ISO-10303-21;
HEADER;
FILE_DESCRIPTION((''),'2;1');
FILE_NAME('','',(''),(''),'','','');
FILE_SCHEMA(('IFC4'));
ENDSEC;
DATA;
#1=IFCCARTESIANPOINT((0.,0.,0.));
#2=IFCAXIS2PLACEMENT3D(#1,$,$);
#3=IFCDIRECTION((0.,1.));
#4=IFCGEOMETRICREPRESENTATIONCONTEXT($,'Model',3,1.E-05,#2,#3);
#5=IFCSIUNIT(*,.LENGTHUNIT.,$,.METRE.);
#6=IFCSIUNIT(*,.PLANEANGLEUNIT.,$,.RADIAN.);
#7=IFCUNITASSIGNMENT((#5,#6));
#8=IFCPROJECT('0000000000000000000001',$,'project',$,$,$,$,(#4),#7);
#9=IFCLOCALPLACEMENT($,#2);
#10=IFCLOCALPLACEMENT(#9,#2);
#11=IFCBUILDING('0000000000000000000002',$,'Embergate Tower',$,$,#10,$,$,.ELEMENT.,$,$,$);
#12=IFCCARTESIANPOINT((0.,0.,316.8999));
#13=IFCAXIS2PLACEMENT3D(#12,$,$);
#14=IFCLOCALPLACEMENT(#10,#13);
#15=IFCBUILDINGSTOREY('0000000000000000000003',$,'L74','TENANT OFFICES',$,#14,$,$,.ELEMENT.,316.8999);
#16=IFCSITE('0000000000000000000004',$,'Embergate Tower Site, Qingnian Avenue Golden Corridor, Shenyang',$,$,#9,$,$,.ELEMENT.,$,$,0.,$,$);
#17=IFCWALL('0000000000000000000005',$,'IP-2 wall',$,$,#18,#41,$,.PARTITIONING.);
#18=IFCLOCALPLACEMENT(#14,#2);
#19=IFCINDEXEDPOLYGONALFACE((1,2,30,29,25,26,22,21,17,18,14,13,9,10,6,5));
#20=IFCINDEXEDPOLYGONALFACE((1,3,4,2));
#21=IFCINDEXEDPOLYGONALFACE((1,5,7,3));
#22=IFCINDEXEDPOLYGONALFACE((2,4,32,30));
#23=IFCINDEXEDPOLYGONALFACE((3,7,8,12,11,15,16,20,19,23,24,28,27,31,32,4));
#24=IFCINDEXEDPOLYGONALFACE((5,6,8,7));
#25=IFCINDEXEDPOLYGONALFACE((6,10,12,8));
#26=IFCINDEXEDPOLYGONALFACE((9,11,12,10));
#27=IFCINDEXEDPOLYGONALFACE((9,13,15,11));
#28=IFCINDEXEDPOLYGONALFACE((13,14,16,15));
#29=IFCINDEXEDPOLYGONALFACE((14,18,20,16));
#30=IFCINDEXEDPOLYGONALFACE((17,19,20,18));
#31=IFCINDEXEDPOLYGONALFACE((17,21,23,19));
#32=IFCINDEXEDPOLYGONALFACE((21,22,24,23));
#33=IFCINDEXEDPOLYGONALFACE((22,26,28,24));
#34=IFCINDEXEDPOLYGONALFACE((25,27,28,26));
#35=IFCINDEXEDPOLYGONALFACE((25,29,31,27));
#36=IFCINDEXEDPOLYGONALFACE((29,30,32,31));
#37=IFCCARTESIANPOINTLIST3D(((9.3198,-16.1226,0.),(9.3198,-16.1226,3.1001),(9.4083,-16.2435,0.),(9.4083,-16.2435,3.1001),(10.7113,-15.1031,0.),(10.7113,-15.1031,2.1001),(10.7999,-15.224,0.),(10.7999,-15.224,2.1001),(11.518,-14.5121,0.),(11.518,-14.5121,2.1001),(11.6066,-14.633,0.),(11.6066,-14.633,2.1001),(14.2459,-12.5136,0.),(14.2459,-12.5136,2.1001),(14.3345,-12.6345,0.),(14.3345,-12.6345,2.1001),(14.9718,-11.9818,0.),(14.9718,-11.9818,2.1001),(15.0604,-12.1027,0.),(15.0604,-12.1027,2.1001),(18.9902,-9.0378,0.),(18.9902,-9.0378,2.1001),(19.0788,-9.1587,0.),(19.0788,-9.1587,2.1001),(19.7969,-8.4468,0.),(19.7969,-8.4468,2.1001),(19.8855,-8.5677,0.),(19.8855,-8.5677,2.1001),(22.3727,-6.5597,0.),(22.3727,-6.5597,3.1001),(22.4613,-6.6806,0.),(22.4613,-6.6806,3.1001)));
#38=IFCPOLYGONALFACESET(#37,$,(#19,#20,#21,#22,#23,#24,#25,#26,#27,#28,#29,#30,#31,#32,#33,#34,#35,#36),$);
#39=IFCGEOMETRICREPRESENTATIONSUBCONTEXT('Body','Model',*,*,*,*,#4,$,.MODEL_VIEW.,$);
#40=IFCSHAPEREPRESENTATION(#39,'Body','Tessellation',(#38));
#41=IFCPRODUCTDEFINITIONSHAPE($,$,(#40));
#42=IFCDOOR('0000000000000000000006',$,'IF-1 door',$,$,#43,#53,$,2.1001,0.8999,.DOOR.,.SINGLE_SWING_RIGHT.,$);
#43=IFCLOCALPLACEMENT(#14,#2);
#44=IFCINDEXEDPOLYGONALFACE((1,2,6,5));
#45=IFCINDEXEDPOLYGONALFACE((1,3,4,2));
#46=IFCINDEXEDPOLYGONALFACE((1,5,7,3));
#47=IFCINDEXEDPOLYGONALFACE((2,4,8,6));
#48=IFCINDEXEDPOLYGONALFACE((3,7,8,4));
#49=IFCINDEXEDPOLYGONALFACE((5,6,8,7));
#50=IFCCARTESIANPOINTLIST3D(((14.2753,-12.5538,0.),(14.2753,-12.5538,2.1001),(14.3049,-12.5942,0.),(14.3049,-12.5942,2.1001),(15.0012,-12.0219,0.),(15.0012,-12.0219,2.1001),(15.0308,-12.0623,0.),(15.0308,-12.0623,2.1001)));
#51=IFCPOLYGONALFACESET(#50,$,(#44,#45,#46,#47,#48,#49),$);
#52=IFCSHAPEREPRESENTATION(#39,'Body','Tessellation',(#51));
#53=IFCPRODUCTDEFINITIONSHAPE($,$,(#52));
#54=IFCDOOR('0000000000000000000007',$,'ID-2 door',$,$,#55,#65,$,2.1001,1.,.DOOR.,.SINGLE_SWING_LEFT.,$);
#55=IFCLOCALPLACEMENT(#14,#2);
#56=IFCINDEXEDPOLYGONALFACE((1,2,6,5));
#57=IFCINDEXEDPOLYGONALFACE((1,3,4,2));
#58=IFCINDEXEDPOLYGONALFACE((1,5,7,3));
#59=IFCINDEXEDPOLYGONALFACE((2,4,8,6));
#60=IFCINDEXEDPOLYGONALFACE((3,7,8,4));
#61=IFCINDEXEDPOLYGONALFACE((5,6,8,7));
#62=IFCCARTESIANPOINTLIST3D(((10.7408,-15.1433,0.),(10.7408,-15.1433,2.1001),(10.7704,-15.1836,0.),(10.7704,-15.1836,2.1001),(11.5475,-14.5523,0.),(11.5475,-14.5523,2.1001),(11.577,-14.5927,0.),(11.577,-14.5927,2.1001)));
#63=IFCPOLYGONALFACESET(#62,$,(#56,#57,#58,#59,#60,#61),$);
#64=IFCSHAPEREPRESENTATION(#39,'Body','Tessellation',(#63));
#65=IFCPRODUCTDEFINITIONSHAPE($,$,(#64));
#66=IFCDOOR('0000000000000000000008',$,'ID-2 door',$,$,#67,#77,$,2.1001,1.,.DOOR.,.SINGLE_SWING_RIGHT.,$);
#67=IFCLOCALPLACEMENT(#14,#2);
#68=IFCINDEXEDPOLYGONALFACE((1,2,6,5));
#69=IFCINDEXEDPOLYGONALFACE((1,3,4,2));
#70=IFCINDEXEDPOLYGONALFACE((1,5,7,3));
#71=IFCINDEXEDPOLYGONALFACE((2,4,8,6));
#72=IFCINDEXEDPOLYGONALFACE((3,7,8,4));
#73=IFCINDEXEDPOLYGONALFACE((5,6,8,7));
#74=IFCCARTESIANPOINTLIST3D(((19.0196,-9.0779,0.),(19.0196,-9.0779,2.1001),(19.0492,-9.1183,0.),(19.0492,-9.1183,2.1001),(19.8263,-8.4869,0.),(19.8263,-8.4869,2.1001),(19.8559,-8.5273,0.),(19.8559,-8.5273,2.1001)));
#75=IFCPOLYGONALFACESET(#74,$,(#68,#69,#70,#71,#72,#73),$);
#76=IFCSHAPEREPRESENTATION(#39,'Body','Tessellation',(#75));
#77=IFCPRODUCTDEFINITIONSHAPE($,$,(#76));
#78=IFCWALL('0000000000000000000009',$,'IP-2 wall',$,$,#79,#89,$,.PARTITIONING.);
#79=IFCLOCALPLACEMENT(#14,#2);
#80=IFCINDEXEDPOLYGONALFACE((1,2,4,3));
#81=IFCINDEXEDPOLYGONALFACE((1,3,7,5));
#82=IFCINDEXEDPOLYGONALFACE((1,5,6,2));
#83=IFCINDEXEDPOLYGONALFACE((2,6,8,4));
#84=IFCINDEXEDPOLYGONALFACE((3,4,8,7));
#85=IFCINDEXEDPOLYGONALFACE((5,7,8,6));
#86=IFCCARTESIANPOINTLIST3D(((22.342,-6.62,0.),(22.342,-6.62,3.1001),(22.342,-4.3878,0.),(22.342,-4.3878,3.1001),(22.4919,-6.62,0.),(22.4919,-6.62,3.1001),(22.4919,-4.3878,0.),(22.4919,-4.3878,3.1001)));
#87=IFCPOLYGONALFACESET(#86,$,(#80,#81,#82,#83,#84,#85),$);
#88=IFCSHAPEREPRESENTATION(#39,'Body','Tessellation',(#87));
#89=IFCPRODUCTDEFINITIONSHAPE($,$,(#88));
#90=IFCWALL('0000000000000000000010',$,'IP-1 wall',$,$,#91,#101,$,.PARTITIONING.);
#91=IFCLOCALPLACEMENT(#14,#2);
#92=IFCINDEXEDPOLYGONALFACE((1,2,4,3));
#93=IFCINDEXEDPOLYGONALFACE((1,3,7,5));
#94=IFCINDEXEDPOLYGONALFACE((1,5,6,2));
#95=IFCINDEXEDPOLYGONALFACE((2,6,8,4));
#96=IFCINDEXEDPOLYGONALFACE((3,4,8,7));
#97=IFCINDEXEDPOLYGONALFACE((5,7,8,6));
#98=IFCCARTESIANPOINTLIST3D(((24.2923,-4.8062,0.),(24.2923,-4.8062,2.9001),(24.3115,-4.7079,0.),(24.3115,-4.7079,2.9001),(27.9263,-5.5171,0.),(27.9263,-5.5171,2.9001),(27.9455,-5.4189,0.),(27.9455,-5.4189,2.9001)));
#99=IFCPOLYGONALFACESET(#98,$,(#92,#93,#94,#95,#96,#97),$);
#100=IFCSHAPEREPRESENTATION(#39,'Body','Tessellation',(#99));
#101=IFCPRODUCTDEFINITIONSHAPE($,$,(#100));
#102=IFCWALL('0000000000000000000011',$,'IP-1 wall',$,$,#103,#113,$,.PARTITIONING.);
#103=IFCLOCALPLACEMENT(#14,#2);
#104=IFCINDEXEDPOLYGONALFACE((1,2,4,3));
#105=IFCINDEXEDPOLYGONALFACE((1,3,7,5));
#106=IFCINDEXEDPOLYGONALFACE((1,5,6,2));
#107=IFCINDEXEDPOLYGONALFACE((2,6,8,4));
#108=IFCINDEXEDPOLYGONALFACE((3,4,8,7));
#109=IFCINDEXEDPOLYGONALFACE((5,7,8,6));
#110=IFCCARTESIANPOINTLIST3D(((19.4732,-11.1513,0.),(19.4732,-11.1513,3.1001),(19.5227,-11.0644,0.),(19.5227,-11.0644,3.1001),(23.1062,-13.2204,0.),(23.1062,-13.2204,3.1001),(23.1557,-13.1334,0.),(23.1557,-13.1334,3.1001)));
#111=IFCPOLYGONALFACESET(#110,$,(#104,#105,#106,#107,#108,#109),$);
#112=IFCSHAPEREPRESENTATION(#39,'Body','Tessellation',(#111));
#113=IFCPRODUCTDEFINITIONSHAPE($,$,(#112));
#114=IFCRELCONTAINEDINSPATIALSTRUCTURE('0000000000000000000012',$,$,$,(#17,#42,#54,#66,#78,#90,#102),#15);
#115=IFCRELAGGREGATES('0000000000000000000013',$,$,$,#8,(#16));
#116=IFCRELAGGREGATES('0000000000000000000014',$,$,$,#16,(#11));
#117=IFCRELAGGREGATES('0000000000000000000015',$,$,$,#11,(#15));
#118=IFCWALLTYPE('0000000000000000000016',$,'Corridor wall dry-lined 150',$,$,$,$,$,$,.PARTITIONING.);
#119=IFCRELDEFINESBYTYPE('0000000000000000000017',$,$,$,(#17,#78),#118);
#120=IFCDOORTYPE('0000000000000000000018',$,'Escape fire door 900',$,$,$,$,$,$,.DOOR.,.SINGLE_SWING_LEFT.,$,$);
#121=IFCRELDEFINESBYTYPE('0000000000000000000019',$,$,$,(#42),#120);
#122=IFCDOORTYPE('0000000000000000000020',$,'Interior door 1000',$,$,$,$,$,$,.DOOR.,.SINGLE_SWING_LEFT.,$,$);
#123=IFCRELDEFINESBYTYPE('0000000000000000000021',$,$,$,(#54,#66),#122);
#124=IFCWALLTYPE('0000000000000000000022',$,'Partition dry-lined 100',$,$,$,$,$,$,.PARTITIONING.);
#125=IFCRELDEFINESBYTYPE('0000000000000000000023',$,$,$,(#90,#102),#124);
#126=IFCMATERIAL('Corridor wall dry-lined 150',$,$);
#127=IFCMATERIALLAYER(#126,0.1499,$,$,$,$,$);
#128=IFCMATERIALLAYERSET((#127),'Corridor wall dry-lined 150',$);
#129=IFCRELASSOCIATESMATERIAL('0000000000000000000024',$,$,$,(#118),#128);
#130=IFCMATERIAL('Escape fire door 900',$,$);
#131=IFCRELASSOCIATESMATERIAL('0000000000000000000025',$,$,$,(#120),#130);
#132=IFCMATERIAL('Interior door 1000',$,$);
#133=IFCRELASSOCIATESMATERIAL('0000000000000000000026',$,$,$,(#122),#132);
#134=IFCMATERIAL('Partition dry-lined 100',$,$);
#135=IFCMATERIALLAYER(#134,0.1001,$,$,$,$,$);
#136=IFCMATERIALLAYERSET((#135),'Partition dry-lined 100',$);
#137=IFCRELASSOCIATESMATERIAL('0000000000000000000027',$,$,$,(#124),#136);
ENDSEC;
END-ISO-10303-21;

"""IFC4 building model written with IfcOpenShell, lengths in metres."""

from ifc_helpers import new_model, si_unit, direction, frame, frame_2d, origin, place, context, subcontext, project, spatial, rectangle, extrude, source, transform, mapped, material, layer, layer_set, type_object, element, fill, save


model = new_model("IFC4")

# Units and contexts
model_context = context("Model", 3, precision=1e-05, world=origin(), true_north=direction((0.0, 1.0)))
body_context = subcontext(model_context, "Body", "Model", "MODEL_VIEW")
ifc_project = project(units=[si_unit("LENGTHUNIT", "METRE"), si_unit("PLANEANGLEUNIT", "RADIAN")], contexts=[model_context])

# Site, building, storey
site_placement = place(None, origin())
site = spatial("IfcSite", under=ifc_project, at=site_placement, Name="Embergate Tower Site, Qingnian Avenue Golden Corridor, Shenyang", CompositionType="ELEMENT", RefElevation=0.0)
building_placement = place(site_placement, origin())
building = spatial("IfcBuilding", under=site, at=building_placement, Name="Embergate Tower", CompositionType="ELEMENT")
storey_placement = place(building_placement, frame((0.0, 0.0, 316.8999)))
storey = spatial("IfcBuildingStorey", under=building, at=storey_placement, Name="L74", Description="TENANT OFFICES", CompositionType="ELEMENT", Elevation=316.8999)

# Wall, openings, doors
ifc_material_1 = material(Name="Corridor wall dry-lined 150")
ifc_layer_1 = layer(ifc_material_1, 0.1499)
ifc_layer_set_1 = layer_set([ifc_layer_1], Name="Corridor wall dry-lined 150")
wall_type_1 = type_object("IfcWallType", Name="Corridor wall dry-lined 150", PredefinedType="PARTITIONING", material=ifc_layer_set_1)
shared_shape_1 = source(origin(), body_context, "Body", "SweptSolid", [
    extrude(rectangle(XDim=1.0, YDim=2.1001, at=frame_2d((0.5, 1.05))), frame((0.0, 0.085, 0.0), z_axis=(0.0, -1.0, 0.0), x_axis=(1.0, 0.0, 0.0)), (0.0, 0.0, 1.0), 0.1699),
])
shared_shape_2 = source(origin(), body_context, "Body", "SweptSolid", [
    extrude(rectangle(XDim=0.8999, YDim=2.1001, at=frame_2d((0.45, 1.05))), frame((0.0, 0.085, 0.0), z_axis=(0.0, -1.0, 0.0), x_axis=(1.0, 0.0, 0.0)), (0.0, 0.0, 1.0), 0.1699),
])
ifc_material_2 = material(Name="Escape fire door 900")
door_type_1 = type_object("IfcDoorType", Name="Escape fire door 900", OperationType="SINGLE_SWING_LEFT", PredefinedType="DOOR", material=ifc_material_2)
shared_shape_3 = source(origin(), body_context, "Body", "SweptSolid", [
    extrude(rectangle(XDim=0.8999, YDim=2.1001, at=frame_2d((0.45, 1.05))), frame((0.0, 0.0249, 0.0), z_axis=(0.0, -1.0, 0.0), x_axis=(1.0, 0.0, 0.0)), (0.0, 0.0, 1.0), 0.05),
])
ifc_material_3 = material(Name="Interior door 1000")
door_type_2 = type_object("IfcDoorType", Name="Interior door 1000", OperationType="SINGLE_SWING_LEFT", PredefinedType="DOOR", material=ifc_material_3)
shared_shape_4 = source(origin(), body_context, "Body", "SweptSolid", [
    extrude(rectangle(XDim=1.0, YDim=2.1001, at=frame_2d((0.5, 1.05))), frame((0.0, 0.0249, 0.0), z_axis=(0.0, -1.0, 0.0), x_axis=(1.0, 0.0, 0.0)), (0.0, 0.0, 1.0), 0.05),
])
shared_shape_5 = source(origin(), body_context, "Body", "SweptSolid", [
    extrude(rectangle(XDim=16.1812, YDim=0.1499, at=frame_2d((8.0906, 0.0))), origin(), (0.0, 0.0, 1.0), 3.1001),
])
wall_1_placement = place(storey_placement, frame((22.417, -6.6201, 0.0), z_axis=(0.0, 0.0, 1.0), x_axis=(-0.806676, -0.590994, 0.0)))
wall_1 = element("IfcWall", 1, at=wall_1_placement, inside=storey, type_object=wall_type_1, Name="IP-2 wall", PredefinedType="PARTITIONING", context=body_context, shape_type="MappedRepresentation", body=[
    mapped(shared_shape_5, transform((0.0, 0.0, 0.0))),
])
opening_1_placement = place(wall_1_placement, frame((13.4561, 0.0, 0.0)))
opening_1 = element("IfcOpeningElement", 2, at=opening_1_placement, cuts=wall_1, PredefinedType="OPENING", context=body_context, shape_type="MappedRepresentation", body=[
    mapped(shared_shape_1, transform((0.0, 0.0, 0.0))),
])
opening_2_placement = place(wall_1_placement, frame((9.1746, 0.0, 0.0)))
opening_2 = element("IfcOpeningElement", 3, at=opening_2_placement, cuts=wall_1, PredefinedType="OPENING", context=body_context, shape_type="MappedRepresentation", body=[
    mapped(shared_shape_2, transform((0.0, 0.0, 0.0))),
])
opening_3_placement = place(wall_1_placement, frame((3.1931, 0.0, 0.0)))
opening_3 = element("IfcOpeningElement", 4, at=opening_3_placement, cuts=wall_1, PredefinedType="OPENING", context=body_context, shape_type="MappedRepresentation", body=[
    mapped(shared_shape_1, transform((0.0, 0.0, 0.0))),
])
door_1_placement = place(opening_2_placement, origin())
door_1 = element("IfcDoor", 5, at=door_1_placement, inside=storey, type_object=door_type_1, Name="IF-1 door", OperationType="SINGLE_SWING_RIGHT", OverallHeight=2.1001, OverallWidth=0.8999, PredefinedType="DOOR", context=body_context, shape_type="MappedRepresentation", body=[
    mapped(shared_shape_3, transform((0.0, 0.0, 0.0))),
])
fill(opening_2, door_1)
door_2_placement = place(opening_1_placement, origin())
door_2 = element("IfcDoor", 6, at=door_2_placement, inside=storey, type_object=door_type_2, Name="ID-2 door", OperationType="SINGLE_SWING_LEFT", OverallHeight=2.1001, OverallWidth=1.0, PredefinedType="DOOR", context=body_context, shape_type="MappedRepresentation", body=[
    mapped(shared_shape_4, transform((0.0, 0.0, 0.0))),
])
fill(opening_1, door_2)
door_3_placement = place(opening_3_placement, origin())
door_3 = element("IfcDoor", 7, at=door_3_placement, inside=storey, type_object=door_type_2, Name="ID-2 door", OperationType="SINGLE_SWING_RIGHT", OverallHeight=2.1001, OverallWidth=1.0, PredefinedType="DOOR", context=body_context, shape_type="MappedRepresentation", body=[
    mapped(shared_shape_4, transform((0.0, 0.0, 0.0))),
])
fill(opening_3, door_3)

# Walls
shared_shape_6 = source(origin(), body_context, "Body", "SweptSolid", [
    extrude(rectangle(XDim=2.2322, YDim=0.1499, at=frame_2d((1.1162, 0.0))), origin(), (0.0, 0.0, 1.0), 3.1001),
])
wall_2_placement = place(storey_placement, frame((22.417, -6.6201, 0.0), z_axis=(0.0, 0.0, 1.0), x_axis=(0.0, 1.0, 0.0)))
element("IfcWall", 8, at=wall_2_placement, inside=storey, type_object=wall_type_1, Name="IP-2 wall", PredefinedType="PARTITIONING", context=body_context, shape_type="MappedRepresentation", body=[
    mapped(shared_shape_6, transform((0.0, 0.0, 0.0))),
])
ifc_material_4 = material(Name="Partition dry-lined 100")
ifc_layer_2 = layer(ifc_material_4, 0.1001)
ifc_layer_set_2 = layer_set([ifc_layer_2], Name="Partition dry-lined 100")
wall_type_2 = type_object("IfcWallType", Name="Partition dry-lined 100", PredefinedType="PARTITIONING", material=ifc_layer_set_2)
shared_shape_7 = source(origin(), body_context, "Body", "SweptSolid", [
    extrude(rectangle(XDim=3.7029, YDim=0.1001, at=frame_2d((1.8516, 0.0))), origin(), (0.0, 0.0, 1.0), 2.9001),
])
wall_3_placement = place(storey_placement, frame((27.936, -5.468, 0.0), z_axis=(0.0, 0.0, 1.0), x_axis=(-0.981396, 0.191994, 0.0)))
element("IfcWall", 9, at=wall_3_placement, inside=storey, type_object=wall_type_2, Name="IP-1 wall", PredefinedType="PARTITIONING", context=body_context, shape_type="MappedRepresentation", body=[
    mapped(shared_shape_7, transform((0.0, 0.0, 0.0))),
])
shared_shape_8 = source(origin(), body_context, "Body", "SweptSolid", [
    extrude(rectangle(XDim=4.1809, YDim=0.1001, at=frame_2d((2.0903, 0.0))), origin(), (0.0, 0.0, 1.0), 3.1001),
])
wall_4_placement = place(storey_placement, frame((19.498, -11.1079, 0.0), z_axis=(0.0, 0.0, 1.0), x_axis=(0.868957, -0.494887, 0.0)))
element("IfcWall", 10, at=wall_4_placement, inside=storey, type_object=wall_type_2, Name="IP-1 wall", PredefinedType="PARTITIONING", context=body_context, shape_type="MappedRepresentation", body=[
    mapped(shared_shape_8, transform((0.0, 0.0, 0.0))),
])

save(model, "model.ifc")
